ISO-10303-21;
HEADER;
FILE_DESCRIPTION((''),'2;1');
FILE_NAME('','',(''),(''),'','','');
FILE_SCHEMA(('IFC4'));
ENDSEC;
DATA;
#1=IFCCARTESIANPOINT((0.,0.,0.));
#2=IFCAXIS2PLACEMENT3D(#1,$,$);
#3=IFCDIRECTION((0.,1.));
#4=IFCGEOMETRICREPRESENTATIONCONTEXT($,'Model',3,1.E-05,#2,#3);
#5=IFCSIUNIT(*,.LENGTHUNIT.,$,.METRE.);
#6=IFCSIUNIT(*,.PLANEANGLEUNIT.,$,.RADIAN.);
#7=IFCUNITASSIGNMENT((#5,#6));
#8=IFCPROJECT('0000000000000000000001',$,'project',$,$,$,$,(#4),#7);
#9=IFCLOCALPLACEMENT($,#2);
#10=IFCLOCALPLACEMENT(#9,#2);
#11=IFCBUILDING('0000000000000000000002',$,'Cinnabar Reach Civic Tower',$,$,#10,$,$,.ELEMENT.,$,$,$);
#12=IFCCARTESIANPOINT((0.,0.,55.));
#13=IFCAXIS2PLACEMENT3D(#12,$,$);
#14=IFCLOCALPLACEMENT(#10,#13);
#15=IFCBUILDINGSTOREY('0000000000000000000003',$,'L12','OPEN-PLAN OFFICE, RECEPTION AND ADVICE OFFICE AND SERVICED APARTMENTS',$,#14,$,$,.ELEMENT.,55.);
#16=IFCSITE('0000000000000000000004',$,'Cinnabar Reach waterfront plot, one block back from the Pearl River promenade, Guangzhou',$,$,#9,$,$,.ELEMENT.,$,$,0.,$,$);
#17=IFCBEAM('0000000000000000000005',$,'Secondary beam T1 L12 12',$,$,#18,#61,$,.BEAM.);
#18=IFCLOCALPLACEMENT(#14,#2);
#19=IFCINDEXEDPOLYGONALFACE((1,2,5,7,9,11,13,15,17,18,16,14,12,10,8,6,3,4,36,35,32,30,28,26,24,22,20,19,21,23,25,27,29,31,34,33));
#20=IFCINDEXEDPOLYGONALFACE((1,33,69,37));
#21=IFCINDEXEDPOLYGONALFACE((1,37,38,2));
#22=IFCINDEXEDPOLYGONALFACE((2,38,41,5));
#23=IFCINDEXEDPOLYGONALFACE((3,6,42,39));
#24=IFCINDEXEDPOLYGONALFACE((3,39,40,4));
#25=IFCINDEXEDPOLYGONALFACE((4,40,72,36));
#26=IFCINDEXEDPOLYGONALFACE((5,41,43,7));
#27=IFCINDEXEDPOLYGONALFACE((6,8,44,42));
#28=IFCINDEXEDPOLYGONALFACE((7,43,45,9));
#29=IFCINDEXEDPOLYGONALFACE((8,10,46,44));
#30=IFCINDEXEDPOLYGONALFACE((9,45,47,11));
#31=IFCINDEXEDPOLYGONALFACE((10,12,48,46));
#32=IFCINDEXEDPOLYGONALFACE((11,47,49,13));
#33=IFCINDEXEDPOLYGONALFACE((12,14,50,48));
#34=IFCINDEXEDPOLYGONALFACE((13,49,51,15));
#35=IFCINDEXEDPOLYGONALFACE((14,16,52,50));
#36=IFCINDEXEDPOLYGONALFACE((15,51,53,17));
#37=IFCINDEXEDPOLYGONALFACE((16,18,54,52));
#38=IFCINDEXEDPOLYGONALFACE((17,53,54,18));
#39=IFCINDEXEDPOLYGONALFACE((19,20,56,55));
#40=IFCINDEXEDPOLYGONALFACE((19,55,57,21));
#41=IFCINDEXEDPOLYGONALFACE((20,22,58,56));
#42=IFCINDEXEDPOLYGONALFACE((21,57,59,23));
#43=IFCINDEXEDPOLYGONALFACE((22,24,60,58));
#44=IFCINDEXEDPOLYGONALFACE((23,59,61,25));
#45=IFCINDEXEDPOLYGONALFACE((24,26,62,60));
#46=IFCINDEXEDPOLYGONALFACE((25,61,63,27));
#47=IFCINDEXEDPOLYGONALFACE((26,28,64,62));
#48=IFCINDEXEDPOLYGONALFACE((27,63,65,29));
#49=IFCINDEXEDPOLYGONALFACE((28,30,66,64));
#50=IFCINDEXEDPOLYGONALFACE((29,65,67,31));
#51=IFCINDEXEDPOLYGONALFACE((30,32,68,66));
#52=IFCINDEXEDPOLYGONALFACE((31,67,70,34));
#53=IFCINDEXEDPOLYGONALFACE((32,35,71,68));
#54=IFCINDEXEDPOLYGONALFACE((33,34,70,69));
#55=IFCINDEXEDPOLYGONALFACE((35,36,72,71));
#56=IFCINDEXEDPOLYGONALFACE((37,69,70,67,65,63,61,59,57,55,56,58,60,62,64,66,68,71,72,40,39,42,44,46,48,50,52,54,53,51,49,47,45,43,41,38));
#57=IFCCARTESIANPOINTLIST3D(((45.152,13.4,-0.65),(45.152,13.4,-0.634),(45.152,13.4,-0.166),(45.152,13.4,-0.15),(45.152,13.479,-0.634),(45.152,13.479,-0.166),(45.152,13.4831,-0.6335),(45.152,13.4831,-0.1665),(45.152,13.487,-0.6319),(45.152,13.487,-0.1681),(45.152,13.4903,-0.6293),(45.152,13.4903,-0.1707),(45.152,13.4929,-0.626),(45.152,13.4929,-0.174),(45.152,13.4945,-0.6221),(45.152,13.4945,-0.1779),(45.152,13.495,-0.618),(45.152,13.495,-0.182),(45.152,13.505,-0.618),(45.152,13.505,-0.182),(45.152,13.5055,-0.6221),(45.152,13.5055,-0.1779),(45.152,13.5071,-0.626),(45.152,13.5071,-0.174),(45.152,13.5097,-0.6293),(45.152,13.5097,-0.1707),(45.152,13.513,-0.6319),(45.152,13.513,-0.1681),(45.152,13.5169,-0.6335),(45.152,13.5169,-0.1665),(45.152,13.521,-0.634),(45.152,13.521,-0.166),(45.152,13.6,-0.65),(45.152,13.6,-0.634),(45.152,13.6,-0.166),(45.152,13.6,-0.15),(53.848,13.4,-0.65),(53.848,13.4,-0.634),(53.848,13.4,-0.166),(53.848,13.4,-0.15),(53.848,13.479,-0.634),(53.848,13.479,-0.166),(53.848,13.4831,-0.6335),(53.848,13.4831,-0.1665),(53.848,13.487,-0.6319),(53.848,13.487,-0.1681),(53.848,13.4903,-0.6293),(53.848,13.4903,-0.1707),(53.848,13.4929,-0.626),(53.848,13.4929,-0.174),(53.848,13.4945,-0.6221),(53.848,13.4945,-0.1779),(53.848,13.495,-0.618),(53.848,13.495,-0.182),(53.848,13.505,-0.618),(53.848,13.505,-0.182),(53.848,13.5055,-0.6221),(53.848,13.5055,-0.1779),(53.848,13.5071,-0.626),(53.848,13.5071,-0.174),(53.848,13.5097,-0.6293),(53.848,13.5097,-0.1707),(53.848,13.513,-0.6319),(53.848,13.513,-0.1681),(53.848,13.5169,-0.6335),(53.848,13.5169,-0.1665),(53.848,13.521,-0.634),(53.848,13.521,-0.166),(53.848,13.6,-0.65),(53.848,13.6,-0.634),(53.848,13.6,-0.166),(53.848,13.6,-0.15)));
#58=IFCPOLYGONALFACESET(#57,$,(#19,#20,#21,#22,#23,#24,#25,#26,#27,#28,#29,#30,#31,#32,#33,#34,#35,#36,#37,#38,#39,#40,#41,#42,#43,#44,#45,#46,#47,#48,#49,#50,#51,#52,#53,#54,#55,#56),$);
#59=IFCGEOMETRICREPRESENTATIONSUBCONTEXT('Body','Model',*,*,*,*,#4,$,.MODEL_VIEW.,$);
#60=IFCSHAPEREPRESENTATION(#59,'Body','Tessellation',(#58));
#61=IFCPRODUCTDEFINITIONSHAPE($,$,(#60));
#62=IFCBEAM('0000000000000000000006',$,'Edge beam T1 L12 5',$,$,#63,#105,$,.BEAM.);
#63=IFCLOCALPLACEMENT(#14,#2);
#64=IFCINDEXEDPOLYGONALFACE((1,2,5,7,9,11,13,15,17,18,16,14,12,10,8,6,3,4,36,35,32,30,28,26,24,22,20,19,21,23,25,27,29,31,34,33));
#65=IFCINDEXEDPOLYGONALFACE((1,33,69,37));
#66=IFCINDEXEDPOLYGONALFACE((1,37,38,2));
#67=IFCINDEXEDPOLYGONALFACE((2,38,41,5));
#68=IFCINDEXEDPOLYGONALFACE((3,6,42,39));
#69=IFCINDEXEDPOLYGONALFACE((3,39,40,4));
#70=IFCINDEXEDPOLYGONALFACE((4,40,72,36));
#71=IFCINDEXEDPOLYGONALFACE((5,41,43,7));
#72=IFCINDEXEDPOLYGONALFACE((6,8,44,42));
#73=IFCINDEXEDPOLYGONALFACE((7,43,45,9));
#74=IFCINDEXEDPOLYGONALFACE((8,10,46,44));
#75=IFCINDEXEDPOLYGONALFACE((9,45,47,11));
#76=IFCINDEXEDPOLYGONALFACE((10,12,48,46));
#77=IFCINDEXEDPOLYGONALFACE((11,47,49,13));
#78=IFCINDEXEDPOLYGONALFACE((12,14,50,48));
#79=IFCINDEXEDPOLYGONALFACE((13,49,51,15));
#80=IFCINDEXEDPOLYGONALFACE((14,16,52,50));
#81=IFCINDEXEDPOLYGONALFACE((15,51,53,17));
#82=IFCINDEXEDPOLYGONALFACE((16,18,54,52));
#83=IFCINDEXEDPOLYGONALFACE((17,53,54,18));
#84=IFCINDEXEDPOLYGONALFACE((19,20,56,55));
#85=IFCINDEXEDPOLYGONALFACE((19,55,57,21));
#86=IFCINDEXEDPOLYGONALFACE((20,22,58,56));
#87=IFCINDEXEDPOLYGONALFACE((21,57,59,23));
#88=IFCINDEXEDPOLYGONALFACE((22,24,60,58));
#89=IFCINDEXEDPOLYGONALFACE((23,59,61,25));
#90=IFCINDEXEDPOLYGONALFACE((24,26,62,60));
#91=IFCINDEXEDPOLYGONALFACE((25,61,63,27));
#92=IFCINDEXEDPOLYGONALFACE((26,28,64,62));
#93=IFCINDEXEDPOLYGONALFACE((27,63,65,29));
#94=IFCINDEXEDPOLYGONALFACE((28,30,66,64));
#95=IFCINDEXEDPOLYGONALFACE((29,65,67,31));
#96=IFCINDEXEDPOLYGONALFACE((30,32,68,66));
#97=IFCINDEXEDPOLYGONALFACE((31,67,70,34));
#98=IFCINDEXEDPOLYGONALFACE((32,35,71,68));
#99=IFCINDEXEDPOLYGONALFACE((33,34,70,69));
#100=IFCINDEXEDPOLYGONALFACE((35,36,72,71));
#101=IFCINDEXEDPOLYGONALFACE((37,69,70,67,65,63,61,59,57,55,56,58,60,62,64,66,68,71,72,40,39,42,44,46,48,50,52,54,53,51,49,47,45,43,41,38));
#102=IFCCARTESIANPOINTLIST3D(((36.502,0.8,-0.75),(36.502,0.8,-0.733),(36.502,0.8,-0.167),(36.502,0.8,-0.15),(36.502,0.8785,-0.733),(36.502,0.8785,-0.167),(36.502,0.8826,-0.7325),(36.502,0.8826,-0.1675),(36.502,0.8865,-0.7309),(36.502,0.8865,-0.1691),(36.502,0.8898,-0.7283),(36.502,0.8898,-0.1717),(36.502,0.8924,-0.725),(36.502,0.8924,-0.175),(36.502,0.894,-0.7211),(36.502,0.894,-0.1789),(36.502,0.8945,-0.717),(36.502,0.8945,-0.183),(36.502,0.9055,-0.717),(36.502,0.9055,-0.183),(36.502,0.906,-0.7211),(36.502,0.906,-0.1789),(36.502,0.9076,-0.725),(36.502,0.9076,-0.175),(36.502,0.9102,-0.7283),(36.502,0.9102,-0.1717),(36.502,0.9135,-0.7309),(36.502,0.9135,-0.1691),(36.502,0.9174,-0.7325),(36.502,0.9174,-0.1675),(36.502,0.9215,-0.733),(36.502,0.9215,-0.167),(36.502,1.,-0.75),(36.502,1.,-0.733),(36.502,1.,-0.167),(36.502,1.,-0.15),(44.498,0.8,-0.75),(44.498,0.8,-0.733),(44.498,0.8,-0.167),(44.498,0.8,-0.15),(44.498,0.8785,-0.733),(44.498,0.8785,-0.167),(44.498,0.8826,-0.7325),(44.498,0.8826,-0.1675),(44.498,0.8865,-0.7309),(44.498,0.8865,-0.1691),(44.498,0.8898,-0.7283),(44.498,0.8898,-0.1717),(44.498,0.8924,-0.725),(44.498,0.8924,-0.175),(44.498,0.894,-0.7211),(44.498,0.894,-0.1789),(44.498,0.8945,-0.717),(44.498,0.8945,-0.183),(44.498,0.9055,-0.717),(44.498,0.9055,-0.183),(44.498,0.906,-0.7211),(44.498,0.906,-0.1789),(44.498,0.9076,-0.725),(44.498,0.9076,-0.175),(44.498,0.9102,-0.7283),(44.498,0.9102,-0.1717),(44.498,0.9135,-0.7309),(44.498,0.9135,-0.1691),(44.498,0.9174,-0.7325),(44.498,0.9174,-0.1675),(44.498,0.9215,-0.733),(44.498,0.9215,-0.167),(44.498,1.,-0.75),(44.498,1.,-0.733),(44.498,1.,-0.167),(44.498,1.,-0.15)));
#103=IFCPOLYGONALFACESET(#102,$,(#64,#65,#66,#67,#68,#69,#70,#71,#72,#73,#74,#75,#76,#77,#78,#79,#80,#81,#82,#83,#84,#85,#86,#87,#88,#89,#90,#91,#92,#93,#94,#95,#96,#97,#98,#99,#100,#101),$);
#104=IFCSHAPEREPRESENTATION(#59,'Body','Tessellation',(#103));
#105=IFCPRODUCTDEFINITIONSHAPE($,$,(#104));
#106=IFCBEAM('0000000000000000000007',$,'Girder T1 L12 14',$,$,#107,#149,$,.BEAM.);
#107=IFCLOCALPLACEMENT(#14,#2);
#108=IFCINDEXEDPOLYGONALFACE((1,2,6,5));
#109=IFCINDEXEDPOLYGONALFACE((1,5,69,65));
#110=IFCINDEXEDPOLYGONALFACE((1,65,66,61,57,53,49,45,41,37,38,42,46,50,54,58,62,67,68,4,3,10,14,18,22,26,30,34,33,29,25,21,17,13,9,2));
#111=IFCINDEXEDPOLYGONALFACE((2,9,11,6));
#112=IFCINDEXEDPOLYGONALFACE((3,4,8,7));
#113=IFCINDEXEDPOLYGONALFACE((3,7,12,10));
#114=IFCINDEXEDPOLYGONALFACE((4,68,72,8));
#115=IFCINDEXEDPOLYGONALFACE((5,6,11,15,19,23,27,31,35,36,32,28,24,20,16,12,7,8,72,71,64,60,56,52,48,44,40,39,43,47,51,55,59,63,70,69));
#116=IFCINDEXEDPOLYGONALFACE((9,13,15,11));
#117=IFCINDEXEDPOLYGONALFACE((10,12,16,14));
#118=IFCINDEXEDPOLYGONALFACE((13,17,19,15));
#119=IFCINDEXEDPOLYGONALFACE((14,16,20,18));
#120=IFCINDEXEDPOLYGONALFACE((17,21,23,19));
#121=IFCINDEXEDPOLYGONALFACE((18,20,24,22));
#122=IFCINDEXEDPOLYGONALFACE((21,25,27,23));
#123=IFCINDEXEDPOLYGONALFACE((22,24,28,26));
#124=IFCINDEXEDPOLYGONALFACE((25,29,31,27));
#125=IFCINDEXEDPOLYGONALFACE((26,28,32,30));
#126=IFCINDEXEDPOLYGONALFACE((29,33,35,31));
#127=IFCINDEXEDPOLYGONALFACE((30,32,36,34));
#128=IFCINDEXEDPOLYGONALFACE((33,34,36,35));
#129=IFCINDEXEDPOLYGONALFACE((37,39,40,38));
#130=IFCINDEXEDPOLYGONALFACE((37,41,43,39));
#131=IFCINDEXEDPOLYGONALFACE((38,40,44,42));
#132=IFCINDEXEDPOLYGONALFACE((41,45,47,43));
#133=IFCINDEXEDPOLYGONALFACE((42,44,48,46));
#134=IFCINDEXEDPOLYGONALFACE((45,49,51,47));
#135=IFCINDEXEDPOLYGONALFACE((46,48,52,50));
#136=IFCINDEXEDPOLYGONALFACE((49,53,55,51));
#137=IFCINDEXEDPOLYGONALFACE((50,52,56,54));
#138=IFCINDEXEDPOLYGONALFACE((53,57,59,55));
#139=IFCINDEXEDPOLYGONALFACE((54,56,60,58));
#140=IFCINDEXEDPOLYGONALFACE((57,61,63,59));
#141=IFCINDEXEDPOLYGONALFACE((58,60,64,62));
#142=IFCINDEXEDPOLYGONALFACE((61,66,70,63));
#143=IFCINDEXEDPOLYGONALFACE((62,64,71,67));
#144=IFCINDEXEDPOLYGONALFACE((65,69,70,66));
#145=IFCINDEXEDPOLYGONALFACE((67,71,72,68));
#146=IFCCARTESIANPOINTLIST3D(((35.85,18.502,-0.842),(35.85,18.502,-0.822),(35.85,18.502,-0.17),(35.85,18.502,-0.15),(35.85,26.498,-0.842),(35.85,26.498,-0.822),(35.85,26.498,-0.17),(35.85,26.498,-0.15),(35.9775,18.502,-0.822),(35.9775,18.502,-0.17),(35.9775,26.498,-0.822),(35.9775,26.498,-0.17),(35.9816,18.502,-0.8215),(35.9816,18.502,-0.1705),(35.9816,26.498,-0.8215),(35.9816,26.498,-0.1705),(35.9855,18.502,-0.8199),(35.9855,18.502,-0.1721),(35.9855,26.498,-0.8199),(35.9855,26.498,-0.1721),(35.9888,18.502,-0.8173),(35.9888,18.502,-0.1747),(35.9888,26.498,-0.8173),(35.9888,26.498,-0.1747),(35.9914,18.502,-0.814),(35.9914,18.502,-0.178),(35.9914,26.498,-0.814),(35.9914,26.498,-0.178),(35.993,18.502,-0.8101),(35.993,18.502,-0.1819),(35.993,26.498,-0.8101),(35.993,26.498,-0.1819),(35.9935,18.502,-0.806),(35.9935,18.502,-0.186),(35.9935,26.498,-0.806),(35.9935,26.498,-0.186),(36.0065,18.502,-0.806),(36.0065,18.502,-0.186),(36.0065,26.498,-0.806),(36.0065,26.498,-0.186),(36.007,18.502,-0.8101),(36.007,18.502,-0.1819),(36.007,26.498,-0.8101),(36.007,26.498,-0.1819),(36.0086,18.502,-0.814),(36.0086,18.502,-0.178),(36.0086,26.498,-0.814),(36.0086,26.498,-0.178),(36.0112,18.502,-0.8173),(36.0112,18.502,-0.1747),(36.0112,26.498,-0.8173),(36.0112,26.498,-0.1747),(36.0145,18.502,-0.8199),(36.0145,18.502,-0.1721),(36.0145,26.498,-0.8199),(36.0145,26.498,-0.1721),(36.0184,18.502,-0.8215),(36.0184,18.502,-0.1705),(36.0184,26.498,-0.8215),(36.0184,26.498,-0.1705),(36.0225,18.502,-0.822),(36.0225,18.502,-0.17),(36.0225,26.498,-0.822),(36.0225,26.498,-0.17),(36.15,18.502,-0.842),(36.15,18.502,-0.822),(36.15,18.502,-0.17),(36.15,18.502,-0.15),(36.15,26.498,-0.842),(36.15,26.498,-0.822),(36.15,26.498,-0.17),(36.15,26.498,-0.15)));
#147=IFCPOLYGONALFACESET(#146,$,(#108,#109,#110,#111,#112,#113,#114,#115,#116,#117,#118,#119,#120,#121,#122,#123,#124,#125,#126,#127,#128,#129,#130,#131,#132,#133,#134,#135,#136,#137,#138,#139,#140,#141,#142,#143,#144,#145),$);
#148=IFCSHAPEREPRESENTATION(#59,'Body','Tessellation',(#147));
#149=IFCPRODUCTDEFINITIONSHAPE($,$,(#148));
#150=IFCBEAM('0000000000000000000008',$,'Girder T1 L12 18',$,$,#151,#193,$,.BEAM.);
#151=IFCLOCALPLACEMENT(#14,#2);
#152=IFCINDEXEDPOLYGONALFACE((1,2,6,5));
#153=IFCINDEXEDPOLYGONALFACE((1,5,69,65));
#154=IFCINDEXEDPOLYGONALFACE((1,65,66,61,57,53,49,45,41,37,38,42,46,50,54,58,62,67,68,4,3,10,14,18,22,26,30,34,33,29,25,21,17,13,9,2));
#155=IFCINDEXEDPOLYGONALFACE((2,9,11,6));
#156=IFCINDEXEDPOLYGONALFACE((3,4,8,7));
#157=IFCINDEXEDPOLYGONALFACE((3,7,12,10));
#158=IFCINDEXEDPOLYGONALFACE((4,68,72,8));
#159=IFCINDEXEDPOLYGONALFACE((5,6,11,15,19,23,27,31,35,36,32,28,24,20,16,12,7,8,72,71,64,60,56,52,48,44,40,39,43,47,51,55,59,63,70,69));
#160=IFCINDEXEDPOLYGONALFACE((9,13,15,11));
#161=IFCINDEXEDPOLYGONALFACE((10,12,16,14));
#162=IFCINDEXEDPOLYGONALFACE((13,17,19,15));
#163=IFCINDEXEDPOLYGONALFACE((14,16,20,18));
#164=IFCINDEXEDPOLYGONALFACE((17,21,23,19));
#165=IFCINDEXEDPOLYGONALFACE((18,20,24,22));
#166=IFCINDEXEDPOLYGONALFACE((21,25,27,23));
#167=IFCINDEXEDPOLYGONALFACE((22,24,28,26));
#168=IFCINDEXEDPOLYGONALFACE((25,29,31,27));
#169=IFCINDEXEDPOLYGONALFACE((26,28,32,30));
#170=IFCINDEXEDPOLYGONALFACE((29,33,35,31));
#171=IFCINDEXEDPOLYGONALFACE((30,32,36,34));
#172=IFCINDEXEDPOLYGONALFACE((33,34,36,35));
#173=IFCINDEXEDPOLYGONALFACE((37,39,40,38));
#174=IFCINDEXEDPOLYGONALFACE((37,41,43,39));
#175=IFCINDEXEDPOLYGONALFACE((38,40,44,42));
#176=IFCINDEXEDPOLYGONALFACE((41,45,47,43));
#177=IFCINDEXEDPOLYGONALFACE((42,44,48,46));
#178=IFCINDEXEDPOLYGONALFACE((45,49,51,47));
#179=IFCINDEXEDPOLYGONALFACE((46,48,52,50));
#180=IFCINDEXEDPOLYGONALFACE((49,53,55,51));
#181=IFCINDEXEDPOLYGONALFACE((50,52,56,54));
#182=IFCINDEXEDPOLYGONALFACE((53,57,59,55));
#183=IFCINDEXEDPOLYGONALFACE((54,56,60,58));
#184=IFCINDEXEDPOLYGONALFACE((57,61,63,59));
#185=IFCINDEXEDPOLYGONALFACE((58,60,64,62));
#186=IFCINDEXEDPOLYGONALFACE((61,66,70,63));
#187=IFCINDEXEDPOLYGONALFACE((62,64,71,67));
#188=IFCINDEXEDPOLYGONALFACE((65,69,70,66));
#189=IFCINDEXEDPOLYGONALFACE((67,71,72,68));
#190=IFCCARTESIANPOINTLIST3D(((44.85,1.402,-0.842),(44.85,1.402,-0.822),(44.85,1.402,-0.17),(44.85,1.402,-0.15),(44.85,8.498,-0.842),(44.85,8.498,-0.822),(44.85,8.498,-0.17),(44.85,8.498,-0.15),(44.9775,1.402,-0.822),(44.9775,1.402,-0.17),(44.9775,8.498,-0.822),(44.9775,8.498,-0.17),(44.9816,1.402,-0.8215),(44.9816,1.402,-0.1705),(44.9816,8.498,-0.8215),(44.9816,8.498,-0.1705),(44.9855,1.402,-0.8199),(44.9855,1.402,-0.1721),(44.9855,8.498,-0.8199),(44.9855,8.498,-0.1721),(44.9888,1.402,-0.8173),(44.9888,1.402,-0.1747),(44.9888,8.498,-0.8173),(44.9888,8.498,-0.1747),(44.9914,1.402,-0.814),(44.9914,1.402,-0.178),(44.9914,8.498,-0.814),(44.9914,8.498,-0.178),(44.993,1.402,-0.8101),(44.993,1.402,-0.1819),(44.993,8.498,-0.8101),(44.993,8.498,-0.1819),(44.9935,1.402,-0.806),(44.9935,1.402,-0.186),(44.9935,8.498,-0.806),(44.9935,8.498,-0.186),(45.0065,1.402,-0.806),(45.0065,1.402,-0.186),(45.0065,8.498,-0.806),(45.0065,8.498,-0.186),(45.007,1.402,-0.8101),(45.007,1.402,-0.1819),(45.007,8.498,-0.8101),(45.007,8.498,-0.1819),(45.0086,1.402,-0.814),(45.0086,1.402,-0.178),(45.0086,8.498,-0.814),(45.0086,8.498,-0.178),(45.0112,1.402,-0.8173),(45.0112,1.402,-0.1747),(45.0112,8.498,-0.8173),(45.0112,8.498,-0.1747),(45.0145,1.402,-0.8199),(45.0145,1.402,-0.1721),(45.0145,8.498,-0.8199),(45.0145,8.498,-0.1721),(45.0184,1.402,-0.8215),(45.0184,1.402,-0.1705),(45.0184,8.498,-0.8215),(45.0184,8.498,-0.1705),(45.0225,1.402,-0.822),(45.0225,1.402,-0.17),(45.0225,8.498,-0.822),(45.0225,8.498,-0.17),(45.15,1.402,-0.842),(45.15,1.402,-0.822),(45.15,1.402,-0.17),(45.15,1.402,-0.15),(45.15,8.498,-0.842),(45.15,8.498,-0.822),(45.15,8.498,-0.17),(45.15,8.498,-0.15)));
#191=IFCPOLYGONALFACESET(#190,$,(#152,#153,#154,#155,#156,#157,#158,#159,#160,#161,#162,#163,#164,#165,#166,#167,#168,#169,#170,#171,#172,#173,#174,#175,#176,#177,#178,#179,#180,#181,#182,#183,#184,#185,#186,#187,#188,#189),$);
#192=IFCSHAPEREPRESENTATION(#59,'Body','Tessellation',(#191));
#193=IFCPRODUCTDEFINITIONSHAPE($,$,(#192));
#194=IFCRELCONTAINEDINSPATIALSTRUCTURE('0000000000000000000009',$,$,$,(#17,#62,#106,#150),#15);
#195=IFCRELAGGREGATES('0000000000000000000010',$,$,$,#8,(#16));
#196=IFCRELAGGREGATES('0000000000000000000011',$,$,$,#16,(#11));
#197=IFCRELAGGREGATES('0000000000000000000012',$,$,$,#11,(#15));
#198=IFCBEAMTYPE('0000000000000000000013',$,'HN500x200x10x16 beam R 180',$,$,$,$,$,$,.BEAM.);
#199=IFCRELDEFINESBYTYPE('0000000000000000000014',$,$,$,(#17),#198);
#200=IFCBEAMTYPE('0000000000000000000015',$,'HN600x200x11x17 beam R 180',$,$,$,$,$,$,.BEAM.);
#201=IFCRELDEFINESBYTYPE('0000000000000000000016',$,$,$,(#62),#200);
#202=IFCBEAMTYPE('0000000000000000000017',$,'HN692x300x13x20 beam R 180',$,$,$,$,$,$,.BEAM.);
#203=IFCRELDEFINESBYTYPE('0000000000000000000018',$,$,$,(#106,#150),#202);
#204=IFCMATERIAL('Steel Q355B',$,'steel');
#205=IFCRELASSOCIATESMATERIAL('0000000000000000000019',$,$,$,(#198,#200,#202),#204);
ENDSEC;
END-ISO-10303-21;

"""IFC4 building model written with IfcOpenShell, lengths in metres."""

from ifc_helpers import new_model, si_unit, direction, frame, origin, origin_2d, place, context, subcontext, project, spatial, i_section, extrude, material, material_profile, profile_set, type_object, element, save


model = new_model("IFC4")

# Units and contexts
model_context = context("Model", 3, precision=1e-05, world=origin(), true_north=direction((0.0, 1.0)))
body_context = subcontext(model_context, "Body", "Model", "MODEL_VIEW")
ifc_project = project(units=[si_unit("LENGTHUNIT", "METRE"), si_unit("PLANEANGLEUNIT", "RADIAN")], contexts=[model_context])

# Site, building, storey
site_placement = place(None, origin())
site = spatial("IfcSite", under=ifc_project, at=site_placement, Name="Cinnabar Reach waterfront plot, one block back from the Pearl River promenade, Guangzhou", CompositionType="ELEMENT", RefElevation=0.0)
building_placement = place(site_placement, origin())
building = spatial("IfcBuilding", under=site, at=building_placement, Name="Cinnabar Reach Civic Tower", CompositionType="ELEMENT")
storey_placement = place(building_placement, frame((0.0, 0.0, 55.0)))
storey = spatial("IfcBuildingStorey", under=building, at=storey_placement, Name="L12", Description="OPEN-PLAN OFFICE, RECEPTION AND ADVICE OFFICE AND SERVICED APARTMENTS", CompositionType="ELEMENT", Elevation=55.0)

# Beams
ifc_material_1 = material(Name="Steel Q355B", Category="steel")
ifc_material_profile_1 = material_profile(ifc_material_1, i_section(OverallWidth=0.2, OverallDepth=0.5, WebThickness=0.01, FlangeThickness=0.016, FilletRadius=0.016, at=origin_2d()), Name="HN500x200x10x16")
ifc_profile_set_1 = profile_set([ifc_material_profile_1], Name="Steel Q355B")
beam_type_1 = type_object("IfcBeamType", Name="HN500x200x10x16 beam R 180", PredefinedType="BEAM", material=ifc_profile_set_1)
for number, where, z_axis, x_axis, name in (
    (1, (45.152, 13.5, -0.4), (1.0, 0.0, 0.0), (0.0, 1.0, 0.0), "Secondary beam T1 L12 12"),
):
    element("IfcBeam", number, at=place(storey_placement, frame(where, z_axis=z_axis, x_axis=x_axis)), inside=storey, type_object=beam_type_1, Name=name, PredefinedType="BEAM", context=body_context, shape_type="SweptSolid", body=[
        extrude(i_section(OverallWidth=0.2, OverallDepth=0.5, WebThickness=0.01, FlangeThickness=0.016, FilletRadius=0.016, at=origin_2d()), origin(), (0.0, 0.0, 1.0), 8.696),
    ])
ifc_material_profile_2 = material_profile(ifc_material_1, i_section(OverallWidth=0.2, OverallDepth=0.6, WebThickness=0.011, FlangeThickness=0.017, FilletRadius=0.016, at=origin_2d()), Name="HN600x200x11x17")
ifc_profile_set_2 = profile_set([ifc_material_profile_2], Name="Steel Q355B")
beam_type_2 = type_object("IfcBeamType", Name="HN600x200x11x17 beam R 180", PredefinedType="BEAM", material=ifc_profile_set_2)
beam_1_placement = place(storey_placement, frame((36.502, 0.9, -0.45), z_axis=(1.0, 0.0, 0.0), x_axis=(0.0, 1.0, 0.0)))
element("IfcBeam", 2, at=beam_1_placement, inside=storey, type_object=beam_type_2, Name="Edge beam T1 L12 5", PredefinedType="BEAM", context=body_context, shape_type="SweptSolid", body=[
    extrude(i_section(OverallWidth=0.2, OverallDepth=0.6, WebThickness=0.011, FlangeThickness=0.017, FilletRadius=0.016, at=origin_2d()), origin(), (0.0, 0.0, 1.0), 7.996),
])
ifc_material_profile_3 = material_profile(ifc_material_1, i_section(OverallWidth=0.3, OverallDepth=0.692, WebThickness=0.013, FlangeThickness=0.02, FilletRadius=0.016, at=origin_2d()), Name="HN692x300x13x20")
ifc_profile_set_3 = profile_set([ifc_material_profile_3], Name="Steel Q355B")
beam_type_3 = type_object("IfcBeamType", Name="HN692x300x13x20 beam R 180", PredefinedType="BEAM", material=ifc_profile_set_3)
beam_2_placement = place(storey_placement, frame((36.0, 18.502, -0.496), z_axis=(0.0, 1.0, 0.0), x_axis=(-1.0, 0.0, 0.0)))
element("IfcBeam", 3, at=beam_2_placement, inside=storey, type_object=beam_type_3, Name="Girder T1 L12 14", PredefinedType="BEAM", context=body_context, shape_type="SweptSolid", body=[
    extrude(i_section(OverallWidth=0.3, OverallDepth=0.692, WebThickness=0.013, FlangeThickness=0.02, FilletRadius=0.016, at=origin_2d()), origin(), (0.0, 0.0, 1.0), 7.996),
])
beam_3_placement = place(storey_placement, frame((45.0, 1.402, -0.496), z_axis=(0.0, 1.0, 0.0), x_axis=(-1.0, 0.0, 0.0)))
element("IfcBeam", 4, at=beam_3_placement, inside=storey, type_object=beam_type_3, Name="Girder T1 L12 18", PredefinedType="BEAM", context=body_context, shape_type="SweptSolid", body=[
    extrude(i_section(OverallWidth=0.3, OverallDepth=0.692, WebThickness=0.013, FlangeThickness=0.02, FilletRadius=0.016, at=origin_2d()), origin(), (0.0, 0.0, 1.0), 7.096),
])

save(model, "model.ifc")
